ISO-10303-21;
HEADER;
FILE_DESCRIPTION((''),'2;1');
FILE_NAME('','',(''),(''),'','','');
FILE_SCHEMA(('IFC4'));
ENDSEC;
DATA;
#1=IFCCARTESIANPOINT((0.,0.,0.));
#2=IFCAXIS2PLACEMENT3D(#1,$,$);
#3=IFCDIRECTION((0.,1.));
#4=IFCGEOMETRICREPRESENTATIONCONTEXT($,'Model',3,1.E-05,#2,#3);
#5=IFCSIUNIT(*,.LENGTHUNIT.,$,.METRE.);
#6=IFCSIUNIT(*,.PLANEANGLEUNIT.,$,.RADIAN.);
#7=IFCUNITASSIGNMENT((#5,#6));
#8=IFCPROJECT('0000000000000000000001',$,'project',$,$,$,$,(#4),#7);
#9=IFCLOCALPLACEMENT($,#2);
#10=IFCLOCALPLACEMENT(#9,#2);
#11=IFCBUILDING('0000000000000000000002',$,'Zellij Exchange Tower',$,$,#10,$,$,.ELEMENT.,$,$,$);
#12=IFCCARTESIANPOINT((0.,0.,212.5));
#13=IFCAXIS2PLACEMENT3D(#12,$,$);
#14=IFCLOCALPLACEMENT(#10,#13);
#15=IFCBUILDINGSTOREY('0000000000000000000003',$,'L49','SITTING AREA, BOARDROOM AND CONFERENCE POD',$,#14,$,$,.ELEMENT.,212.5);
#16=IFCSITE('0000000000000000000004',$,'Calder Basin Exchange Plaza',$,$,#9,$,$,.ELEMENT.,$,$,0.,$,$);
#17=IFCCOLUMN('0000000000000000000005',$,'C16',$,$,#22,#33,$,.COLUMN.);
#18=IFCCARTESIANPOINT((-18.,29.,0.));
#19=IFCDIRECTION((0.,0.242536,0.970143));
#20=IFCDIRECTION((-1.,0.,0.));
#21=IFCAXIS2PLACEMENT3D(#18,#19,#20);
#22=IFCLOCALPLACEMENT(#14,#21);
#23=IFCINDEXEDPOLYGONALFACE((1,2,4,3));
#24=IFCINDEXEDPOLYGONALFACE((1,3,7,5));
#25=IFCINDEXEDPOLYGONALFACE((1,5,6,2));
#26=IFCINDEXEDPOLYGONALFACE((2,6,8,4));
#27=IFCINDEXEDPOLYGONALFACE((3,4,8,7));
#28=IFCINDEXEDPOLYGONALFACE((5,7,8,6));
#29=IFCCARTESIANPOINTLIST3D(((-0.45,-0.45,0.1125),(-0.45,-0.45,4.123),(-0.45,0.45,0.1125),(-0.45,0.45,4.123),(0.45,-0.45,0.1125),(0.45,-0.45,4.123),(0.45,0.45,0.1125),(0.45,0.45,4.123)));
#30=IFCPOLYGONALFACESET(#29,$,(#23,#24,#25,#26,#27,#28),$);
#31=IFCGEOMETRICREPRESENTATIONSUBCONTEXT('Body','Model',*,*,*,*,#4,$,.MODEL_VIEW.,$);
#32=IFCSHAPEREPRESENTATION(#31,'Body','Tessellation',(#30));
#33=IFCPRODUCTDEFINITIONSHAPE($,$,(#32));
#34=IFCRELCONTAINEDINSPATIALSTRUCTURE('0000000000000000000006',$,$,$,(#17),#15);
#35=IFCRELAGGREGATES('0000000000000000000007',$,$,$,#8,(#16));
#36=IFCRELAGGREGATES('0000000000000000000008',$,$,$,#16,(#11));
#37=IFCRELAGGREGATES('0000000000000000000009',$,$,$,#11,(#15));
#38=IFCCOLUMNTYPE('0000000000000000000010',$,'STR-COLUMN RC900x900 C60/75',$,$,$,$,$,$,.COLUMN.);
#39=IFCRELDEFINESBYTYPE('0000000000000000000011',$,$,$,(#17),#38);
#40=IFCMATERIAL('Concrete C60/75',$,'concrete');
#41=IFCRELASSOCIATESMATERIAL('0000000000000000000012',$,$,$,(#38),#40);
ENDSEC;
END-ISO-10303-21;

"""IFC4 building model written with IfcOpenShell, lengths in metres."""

from ifc_helpers import new_model, si_unit, direction, frame, origin, origin_2d, place, context, subcontext, project, spatial, rectangle, extrude, clip, halfspace, material, material_profile, profile_set, type_object, element, save


model = new_model("IFC4")

# Units and contexts
model_context = context("Model", 3, precision=1e-05, world=origin(), true_north=direction((0.0, 1.0)))
body_context = subcontext(model_context, "Body", "Model", "MODEL_VIEW")
ifc_project = project(units=[si_unit("LENGTHUNIT", "METRE"), si_unit("PLANEANGLEUNIT", "RADIAN")], contexts=[model_context])

# Site, building, storey
site_placement = place(None, origin())
site = spatial("IfcSite", under=ifc_project, at=site_placement, Name="Calder Basin Exchange Plaza", CompositionType="ELEMENT", RefElevation=0.0)
building_placement = place(site_placement, origin())
building = spatial("IfcBuilding", under=site, at=building_placement, Name="Zellij Exchange Tower", CompositionType="ELEMENT")
storey_placement = place(building_placement, frame((0.0, 0.0, 212.5)))
storey = spatial("IfcBuildingStorey", under=building, at=storey_placement, Name="L49", Description="SITTING AREA, BOARDROOM AND CONFERENCE POD", CompositionType="ELEMENT", Elevation=212.5)

# Column
ifc_material_1 = material(Name="Concrete C60/75", Category="concrete")
ifc_material_profile_1 = material_profile(ifc_material_1, rectangle(XDim=0.8999, YDim=0.8999, at=origin_2d()), Name="STR-COLUMN RC900x900 C60/75")
ifc_profile_set_1 = profile_set([ifc_material_profile_1], Name="Concrete C60/75")
column_type_1 = type_object("IfcColumnType", Name="STR-COLUMN RC900x900 C60/75", PredefinedType="COLUMN", material=ifc_profile_set_1)
column_placement = place(storey_placement, frame((-18.0, 29.0, 0.0), z_axis=(0.0, 0.242536, 0.970143), x_axis=(-1.0, 0.0, 0.0)))
element("IfcColumn", 1, at=column_placement, inside=storey, type_object=column_type_1, Name="C16", PredefinedType="COLUMN", context=body_context, shape_type="Clipping", body=[
    clip(extrude(rectangle(XDim=0.8999, YDim=0.8999, at=origin_2d()), origin(), (0.0, 0.0, 1.0), 4.123), halfspace(frame((0.0, 0.0, 0.1125)), True)),
])

save(model, "model.ifc")
